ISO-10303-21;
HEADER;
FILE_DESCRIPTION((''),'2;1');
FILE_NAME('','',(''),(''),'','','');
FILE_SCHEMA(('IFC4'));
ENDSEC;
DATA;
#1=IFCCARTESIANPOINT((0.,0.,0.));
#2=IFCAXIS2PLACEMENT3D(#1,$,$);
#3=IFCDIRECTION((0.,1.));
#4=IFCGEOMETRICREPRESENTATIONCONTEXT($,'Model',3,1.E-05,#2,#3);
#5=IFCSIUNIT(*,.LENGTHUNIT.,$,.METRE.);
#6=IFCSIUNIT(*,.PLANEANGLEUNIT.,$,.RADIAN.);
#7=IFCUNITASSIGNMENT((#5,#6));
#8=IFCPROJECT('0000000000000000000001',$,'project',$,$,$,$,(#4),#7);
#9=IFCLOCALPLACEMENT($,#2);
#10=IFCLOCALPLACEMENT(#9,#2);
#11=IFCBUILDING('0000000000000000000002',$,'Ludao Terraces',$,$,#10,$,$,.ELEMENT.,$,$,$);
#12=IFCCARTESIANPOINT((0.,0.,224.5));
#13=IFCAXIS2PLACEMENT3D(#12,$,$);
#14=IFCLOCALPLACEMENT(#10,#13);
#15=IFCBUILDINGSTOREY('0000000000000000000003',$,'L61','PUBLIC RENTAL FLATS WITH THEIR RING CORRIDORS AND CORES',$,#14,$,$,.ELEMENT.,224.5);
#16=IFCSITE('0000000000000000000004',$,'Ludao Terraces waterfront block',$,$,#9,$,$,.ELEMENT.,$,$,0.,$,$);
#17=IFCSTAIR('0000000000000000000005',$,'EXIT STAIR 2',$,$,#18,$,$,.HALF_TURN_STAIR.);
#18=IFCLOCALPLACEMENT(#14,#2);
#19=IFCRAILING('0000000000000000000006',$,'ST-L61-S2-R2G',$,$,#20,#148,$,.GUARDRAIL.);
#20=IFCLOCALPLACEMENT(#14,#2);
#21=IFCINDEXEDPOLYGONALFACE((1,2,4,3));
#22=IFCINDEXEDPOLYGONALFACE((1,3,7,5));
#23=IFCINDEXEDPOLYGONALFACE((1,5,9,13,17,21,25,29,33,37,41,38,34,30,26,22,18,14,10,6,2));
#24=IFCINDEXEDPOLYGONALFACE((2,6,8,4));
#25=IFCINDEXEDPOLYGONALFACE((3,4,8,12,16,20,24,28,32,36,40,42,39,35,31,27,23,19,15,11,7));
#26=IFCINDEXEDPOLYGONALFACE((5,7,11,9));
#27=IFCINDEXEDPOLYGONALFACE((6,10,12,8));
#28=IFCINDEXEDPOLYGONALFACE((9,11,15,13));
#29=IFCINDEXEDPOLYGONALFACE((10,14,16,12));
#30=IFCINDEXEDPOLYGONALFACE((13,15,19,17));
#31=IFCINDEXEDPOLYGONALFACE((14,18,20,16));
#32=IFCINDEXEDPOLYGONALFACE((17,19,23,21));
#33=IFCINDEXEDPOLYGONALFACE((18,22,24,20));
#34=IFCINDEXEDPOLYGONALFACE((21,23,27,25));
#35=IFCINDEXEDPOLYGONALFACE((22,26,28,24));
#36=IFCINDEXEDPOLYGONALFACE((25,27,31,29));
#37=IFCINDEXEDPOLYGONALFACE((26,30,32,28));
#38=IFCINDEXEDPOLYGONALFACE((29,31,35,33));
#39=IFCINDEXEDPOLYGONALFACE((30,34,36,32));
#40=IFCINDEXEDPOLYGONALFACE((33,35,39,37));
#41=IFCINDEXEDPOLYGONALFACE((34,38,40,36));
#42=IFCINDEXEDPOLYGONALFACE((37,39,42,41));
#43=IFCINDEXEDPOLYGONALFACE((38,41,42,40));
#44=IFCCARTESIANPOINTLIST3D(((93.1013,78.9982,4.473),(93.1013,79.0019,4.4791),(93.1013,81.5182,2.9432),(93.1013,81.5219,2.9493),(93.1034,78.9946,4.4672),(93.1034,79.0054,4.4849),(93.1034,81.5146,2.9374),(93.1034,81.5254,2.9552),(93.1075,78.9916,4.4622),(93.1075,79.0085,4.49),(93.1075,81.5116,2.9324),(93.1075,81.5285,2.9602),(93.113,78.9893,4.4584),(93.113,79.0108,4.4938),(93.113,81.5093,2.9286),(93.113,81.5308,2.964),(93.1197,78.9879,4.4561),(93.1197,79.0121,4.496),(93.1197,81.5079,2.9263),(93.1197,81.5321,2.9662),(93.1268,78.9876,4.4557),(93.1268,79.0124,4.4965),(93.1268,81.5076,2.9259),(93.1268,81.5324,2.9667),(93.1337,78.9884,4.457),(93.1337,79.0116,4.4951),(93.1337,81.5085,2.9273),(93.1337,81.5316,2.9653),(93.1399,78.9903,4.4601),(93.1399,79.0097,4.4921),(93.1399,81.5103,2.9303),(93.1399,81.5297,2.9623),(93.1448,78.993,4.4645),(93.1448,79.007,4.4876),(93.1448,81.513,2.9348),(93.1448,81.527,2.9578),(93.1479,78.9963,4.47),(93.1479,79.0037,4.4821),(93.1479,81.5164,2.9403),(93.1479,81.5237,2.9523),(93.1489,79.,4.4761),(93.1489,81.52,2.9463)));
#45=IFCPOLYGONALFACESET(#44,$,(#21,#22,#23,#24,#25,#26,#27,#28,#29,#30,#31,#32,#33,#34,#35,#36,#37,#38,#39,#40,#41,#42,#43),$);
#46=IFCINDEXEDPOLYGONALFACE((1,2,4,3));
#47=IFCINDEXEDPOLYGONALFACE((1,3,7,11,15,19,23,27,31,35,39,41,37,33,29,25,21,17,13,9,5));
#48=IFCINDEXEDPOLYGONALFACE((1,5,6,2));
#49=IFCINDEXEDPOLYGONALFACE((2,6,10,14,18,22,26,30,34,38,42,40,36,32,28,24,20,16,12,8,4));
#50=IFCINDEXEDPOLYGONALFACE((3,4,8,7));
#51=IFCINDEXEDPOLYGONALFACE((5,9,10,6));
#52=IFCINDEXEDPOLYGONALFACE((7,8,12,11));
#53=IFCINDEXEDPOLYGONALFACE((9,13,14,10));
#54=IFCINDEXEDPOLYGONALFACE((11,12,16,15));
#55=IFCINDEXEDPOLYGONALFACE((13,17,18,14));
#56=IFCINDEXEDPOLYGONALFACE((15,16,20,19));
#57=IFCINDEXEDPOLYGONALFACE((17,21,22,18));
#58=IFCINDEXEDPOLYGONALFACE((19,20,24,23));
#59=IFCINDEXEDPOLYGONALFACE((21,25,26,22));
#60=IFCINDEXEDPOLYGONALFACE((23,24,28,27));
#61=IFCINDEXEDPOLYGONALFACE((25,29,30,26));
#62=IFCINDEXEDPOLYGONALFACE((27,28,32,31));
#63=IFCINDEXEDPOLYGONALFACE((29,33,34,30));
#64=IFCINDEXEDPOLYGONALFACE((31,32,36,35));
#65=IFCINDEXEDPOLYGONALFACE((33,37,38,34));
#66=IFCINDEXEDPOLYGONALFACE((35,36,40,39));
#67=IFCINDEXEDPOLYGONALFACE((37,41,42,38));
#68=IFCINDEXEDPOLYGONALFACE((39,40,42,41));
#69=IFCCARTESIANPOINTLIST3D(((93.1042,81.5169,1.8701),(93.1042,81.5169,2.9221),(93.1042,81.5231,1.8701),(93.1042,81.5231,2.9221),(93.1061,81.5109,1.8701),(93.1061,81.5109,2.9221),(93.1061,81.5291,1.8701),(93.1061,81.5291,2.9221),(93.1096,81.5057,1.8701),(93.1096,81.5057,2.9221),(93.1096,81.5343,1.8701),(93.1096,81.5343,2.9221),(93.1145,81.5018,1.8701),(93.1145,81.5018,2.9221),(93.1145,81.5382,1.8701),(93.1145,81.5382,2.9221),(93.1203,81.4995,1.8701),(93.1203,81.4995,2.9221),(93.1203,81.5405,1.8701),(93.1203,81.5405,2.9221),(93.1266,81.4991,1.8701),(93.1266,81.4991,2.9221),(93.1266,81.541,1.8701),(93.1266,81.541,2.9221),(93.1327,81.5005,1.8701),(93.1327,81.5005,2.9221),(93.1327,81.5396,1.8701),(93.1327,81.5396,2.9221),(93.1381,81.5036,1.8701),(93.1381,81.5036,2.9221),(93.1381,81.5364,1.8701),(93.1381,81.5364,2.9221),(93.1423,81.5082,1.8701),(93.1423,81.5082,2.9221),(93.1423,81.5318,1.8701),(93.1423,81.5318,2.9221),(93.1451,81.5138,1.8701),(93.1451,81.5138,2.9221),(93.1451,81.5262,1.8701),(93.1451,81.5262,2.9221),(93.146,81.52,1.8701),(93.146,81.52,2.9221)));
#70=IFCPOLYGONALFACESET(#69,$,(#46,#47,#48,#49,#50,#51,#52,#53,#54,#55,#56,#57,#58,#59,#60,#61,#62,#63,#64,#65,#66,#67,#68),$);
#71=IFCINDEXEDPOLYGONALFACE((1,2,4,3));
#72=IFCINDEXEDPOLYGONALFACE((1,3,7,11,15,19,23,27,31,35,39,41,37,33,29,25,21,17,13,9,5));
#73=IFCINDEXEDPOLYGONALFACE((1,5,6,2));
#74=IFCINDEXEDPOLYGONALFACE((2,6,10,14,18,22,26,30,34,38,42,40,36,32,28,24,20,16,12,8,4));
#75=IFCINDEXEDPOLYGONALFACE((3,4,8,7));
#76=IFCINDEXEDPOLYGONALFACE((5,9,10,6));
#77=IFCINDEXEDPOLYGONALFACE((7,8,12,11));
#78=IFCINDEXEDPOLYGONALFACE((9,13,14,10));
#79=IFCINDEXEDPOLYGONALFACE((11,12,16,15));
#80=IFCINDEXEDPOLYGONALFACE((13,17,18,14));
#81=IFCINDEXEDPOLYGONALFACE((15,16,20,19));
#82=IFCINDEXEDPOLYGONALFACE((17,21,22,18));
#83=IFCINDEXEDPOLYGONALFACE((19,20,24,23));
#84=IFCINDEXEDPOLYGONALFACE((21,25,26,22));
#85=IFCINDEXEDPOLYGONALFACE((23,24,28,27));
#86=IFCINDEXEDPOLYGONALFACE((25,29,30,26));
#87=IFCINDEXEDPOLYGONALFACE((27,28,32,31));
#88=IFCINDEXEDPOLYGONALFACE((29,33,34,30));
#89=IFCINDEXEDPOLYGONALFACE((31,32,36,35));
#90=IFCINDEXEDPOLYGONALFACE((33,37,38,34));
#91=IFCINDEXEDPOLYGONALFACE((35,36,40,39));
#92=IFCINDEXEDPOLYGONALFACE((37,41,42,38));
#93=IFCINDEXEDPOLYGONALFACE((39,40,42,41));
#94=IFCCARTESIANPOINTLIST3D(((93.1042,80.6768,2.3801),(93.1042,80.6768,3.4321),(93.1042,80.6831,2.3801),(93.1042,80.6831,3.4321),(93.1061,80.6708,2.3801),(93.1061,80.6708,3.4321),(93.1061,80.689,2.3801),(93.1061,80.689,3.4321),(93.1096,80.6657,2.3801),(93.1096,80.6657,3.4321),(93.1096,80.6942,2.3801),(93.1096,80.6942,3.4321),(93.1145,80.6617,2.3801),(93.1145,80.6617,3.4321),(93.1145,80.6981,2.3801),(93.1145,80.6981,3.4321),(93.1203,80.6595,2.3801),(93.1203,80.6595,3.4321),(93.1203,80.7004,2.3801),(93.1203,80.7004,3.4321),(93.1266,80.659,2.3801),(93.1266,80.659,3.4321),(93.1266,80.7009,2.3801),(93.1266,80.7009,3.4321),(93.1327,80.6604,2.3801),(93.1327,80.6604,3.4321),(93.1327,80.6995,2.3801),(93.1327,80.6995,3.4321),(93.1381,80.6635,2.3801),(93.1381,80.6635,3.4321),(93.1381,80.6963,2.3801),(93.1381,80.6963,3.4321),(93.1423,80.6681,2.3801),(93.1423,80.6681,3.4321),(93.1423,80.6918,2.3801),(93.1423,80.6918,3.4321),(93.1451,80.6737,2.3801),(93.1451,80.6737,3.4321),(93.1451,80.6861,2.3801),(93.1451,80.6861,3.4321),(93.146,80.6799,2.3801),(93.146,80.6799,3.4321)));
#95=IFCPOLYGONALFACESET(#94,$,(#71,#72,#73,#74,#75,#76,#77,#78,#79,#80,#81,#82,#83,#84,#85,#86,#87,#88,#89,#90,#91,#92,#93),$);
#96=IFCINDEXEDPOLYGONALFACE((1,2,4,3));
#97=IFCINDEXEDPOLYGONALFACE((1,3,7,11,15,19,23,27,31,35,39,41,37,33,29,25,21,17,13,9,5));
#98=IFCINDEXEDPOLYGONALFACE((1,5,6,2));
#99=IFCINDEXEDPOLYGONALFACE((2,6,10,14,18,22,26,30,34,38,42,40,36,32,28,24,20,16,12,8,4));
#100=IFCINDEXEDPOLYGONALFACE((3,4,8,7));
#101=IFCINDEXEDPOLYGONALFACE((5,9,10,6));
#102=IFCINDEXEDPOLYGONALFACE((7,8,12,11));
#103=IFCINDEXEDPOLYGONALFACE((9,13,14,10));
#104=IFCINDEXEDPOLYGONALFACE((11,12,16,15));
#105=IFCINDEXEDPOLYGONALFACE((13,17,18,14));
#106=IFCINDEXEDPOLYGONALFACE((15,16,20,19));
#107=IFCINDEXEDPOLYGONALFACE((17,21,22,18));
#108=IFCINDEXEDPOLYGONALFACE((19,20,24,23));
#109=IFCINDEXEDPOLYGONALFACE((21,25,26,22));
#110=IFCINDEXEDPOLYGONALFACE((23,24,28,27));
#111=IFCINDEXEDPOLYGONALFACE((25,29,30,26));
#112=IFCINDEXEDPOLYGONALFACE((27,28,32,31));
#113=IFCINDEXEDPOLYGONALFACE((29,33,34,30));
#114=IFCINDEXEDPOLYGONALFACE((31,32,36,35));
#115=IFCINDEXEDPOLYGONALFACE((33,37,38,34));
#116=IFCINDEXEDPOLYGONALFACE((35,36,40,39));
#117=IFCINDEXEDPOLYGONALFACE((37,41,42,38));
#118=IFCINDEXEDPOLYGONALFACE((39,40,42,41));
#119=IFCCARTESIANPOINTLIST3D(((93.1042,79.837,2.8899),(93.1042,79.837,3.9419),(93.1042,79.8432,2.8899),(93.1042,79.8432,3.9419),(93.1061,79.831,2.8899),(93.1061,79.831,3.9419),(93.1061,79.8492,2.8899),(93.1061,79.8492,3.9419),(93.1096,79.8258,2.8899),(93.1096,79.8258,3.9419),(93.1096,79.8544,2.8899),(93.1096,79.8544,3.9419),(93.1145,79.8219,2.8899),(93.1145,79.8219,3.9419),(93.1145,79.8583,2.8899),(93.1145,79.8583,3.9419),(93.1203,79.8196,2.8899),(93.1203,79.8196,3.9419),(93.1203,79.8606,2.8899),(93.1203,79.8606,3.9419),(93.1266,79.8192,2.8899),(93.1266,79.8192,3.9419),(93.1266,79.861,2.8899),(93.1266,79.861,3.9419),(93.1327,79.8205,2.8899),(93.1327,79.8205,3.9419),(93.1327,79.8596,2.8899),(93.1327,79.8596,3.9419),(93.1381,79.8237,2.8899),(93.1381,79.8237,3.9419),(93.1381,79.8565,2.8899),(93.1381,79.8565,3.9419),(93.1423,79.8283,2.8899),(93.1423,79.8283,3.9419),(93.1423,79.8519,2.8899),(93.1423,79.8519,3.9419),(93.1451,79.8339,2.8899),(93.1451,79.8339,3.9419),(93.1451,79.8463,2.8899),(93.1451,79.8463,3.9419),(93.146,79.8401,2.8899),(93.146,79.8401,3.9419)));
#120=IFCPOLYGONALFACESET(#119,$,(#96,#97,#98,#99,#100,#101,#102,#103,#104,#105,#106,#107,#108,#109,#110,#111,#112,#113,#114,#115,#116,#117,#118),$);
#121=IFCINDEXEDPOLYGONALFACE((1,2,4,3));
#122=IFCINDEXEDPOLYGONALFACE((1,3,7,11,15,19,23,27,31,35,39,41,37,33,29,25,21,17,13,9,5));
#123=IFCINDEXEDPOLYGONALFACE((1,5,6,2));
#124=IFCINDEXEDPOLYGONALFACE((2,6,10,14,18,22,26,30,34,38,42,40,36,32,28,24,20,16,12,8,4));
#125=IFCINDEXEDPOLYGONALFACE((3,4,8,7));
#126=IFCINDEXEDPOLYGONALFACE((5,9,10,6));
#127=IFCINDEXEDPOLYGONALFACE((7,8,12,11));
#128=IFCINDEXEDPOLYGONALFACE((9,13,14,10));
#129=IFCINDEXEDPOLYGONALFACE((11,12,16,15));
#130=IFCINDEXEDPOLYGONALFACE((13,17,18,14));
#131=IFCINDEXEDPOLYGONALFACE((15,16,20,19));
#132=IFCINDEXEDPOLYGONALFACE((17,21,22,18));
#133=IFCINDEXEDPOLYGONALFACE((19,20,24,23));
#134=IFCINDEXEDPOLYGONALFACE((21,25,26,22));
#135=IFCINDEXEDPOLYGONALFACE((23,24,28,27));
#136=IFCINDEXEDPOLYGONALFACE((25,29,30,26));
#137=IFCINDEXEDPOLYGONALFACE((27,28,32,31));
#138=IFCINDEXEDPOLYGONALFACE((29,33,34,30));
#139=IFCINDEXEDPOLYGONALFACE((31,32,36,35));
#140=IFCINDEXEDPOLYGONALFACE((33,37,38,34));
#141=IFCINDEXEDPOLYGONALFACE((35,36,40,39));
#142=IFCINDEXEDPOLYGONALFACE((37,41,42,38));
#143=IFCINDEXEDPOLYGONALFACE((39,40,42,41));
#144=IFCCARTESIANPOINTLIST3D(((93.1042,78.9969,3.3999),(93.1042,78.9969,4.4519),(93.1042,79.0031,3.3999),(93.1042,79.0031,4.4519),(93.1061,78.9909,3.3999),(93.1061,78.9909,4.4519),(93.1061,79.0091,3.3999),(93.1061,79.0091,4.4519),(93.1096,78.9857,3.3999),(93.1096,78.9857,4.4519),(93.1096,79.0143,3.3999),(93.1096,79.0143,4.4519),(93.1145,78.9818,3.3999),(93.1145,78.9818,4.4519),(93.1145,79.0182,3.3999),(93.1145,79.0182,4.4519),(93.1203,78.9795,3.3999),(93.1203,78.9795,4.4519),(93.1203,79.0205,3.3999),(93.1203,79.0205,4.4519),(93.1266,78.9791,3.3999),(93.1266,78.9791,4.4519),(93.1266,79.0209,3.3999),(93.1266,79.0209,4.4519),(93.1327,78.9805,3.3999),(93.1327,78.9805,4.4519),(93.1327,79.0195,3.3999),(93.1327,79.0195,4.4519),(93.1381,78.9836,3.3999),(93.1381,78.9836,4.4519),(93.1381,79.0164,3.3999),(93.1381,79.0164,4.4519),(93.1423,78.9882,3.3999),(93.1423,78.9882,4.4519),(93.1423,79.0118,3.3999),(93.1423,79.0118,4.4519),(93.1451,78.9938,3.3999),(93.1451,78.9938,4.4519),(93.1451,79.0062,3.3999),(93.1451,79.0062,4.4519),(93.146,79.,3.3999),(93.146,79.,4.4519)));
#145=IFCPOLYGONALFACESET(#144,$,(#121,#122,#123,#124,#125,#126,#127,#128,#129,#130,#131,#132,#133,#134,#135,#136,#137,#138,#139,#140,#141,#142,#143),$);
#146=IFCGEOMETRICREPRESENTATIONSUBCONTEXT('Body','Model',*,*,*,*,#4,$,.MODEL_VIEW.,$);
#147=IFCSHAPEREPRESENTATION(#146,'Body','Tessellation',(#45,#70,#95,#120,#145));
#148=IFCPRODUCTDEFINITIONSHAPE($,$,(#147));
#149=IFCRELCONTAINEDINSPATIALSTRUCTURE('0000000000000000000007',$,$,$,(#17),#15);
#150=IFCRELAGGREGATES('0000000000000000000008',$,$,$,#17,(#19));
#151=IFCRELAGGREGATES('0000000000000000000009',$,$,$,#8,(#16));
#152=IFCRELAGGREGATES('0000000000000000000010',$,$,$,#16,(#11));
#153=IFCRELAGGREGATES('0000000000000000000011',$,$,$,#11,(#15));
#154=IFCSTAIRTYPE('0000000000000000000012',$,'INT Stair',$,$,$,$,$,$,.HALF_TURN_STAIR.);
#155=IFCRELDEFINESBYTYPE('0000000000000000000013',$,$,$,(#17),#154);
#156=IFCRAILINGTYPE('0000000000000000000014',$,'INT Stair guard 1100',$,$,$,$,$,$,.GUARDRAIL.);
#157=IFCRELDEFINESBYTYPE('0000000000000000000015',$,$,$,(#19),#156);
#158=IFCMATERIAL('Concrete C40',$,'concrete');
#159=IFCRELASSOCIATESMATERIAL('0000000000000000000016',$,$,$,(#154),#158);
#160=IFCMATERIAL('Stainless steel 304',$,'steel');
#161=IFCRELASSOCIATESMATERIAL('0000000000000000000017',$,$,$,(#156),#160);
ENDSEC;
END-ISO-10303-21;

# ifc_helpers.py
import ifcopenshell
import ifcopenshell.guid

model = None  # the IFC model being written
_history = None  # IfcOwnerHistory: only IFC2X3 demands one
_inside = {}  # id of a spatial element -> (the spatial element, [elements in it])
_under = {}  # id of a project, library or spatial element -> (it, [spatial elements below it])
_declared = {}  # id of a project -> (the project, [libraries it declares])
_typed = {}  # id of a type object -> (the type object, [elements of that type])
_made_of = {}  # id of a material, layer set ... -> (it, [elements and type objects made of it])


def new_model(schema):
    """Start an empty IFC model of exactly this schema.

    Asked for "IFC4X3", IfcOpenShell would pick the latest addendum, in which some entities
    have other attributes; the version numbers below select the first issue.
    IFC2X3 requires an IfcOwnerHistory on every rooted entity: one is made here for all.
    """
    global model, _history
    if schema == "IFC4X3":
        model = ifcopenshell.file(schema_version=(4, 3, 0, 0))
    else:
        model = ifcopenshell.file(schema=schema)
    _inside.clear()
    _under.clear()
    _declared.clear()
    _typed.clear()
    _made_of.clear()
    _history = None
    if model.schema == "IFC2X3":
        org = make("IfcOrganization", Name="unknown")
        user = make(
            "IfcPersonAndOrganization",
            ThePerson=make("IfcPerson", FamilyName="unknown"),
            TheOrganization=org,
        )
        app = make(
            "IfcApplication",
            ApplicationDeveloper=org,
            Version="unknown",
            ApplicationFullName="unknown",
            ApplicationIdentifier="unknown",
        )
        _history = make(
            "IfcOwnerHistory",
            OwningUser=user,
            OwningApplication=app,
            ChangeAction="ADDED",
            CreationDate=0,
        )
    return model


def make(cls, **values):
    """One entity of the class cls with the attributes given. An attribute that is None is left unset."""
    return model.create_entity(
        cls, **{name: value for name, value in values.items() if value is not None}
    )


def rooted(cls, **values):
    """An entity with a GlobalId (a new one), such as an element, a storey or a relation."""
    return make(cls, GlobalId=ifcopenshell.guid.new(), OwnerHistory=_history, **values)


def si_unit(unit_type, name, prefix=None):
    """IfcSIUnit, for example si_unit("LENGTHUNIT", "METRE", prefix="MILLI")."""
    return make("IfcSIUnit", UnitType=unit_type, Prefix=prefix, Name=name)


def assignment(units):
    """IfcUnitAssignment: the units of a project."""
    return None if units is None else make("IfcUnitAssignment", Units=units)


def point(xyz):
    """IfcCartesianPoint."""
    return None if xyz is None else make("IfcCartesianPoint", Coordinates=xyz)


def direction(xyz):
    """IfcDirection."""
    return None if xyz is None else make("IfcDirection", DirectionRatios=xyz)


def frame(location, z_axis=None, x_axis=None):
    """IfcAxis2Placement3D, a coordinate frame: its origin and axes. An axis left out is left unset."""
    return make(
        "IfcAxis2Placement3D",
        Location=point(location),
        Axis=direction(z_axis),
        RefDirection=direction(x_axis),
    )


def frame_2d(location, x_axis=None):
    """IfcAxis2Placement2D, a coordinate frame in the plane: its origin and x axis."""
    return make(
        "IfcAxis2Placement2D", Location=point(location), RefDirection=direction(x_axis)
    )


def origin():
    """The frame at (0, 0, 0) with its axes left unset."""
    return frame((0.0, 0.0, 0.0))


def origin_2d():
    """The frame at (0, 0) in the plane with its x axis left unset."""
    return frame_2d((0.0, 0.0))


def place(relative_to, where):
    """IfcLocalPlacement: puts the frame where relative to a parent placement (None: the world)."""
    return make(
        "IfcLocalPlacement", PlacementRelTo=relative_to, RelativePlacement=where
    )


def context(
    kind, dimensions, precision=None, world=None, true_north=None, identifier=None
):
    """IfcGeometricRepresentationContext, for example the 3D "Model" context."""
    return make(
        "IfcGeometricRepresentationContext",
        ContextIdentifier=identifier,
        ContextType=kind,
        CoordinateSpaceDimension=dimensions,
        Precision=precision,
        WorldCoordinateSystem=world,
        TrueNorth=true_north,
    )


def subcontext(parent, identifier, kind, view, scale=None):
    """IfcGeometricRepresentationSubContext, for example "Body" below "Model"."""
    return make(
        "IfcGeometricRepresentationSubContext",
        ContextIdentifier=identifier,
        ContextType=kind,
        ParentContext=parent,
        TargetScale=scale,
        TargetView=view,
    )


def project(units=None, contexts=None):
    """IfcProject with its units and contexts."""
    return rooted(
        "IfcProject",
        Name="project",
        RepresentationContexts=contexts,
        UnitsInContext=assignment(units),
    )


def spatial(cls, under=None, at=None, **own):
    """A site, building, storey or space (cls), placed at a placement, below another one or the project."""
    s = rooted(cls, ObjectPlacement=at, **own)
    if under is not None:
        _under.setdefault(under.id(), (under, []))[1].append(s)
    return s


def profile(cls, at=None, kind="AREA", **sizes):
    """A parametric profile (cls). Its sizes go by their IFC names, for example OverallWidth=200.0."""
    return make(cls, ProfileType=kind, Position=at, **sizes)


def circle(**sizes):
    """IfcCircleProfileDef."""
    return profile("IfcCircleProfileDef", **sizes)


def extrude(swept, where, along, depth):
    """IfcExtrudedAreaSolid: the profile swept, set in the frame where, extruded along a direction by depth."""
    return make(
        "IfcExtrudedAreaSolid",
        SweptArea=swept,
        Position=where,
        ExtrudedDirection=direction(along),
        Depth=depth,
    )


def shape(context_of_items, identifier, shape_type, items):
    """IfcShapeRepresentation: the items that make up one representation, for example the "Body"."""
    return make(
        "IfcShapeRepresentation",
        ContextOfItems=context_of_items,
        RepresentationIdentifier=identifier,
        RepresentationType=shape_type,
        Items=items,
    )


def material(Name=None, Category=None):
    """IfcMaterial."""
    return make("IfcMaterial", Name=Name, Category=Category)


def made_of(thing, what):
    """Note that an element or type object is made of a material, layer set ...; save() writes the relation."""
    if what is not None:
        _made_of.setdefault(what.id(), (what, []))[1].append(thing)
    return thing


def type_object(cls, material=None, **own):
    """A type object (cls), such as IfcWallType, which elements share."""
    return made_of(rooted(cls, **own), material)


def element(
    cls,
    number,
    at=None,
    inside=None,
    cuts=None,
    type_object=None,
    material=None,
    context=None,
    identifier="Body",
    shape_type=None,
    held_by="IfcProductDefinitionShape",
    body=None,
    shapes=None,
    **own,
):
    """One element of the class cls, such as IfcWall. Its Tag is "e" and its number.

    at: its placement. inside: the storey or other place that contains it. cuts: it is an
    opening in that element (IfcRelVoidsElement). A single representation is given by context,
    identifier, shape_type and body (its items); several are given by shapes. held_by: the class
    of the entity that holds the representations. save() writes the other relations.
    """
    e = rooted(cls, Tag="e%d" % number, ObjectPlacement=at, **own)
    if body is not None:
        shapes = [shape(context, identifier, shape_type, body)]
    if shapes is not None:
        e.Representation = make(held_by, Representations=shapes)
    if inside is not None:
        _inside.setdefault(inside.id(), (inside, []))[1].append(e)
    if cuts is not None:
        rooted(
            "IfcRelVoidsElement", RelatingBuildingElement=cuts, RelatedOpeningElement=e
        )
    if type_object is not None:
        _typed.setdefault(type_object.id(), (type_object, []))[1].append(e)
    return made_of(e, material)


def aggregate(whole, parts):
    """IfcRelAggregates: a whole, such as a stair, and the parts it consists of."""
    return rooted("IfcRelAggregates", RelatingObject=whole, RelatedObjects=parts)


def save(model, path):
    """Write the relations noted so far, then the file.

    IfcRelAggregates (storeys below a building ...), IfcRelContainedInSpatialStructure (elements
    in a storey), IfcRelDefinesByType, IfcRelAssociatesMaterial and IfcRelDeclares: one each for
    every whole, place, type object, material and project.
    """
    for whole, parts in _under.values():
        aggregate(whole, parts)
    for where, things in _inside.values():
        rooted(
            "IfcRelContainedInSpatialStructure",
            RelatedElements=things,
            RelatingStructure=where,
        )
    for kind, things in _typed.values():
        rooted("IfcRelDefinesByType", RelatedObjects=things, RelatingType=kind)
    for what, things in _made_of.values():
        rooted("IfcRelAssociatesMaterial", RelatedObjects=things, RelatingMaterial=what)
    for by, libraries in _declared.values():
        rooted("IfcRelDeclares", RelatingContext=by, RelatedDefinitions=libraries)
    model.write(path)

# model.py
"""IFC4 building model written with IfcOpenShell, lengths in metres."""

from ifc_helpers import new_model, si_unit, direction, frame, origin, origin_2d, place, context, subcontext, project, spatial, circle, extrude, material, type_object, element, aggregate, save


model = new_model("IFC4")

# Units and contexts
model_context = context("Model", 3, precision=1e-05, world=origin(), true_north=direction((0.0, 1.0)))
body_context = subcontext(model_context, "Body", "Model", "MODEL_VIEW")
ifc_project = project(units=[si_unit("LENGTHUNIT", "METRE"), si_unit("PLANEANGLEUNIT", "RADIAN")], contexts=[model_context])

# Site, building, storey
site_placement = place(None, origin())
site = spatial("IfcSite", under=ifc_project, at=site_placement, Name="Ludao Terraces waterfront block", CompositionType="ELEMENT", RefElevation=0.0)
building_placement = place(site_placement, origin())
building = spatial("IfcBuilding", under=site, at=building_placement, Name="Ludao Terraces", CompositionType="ELEMENT")
storey_placement = place(building_placement, frame((0.0, 0.0, 224.5)))
storey = spatial("IfcBuildingStorey", under=building, at=storey_placement, Name="L61", Description="PUBLIC RENTAL FLATS WITH THEIR RING CORRIDORS AND CORES", CompositionType="ELEMENT", Elevation=224.5)

# Shared definitions
ifc_material_1 = material(Name="Stainless steel 304", Category="steel")

# Stair, railing
ifc_material_2 = material(Name="Concrete C40", Category="concrete")
stair_type = type_object("IfcStairType", Name="INT Stair", PredefinedType="HALF_TURN_STAIR", material=ifc_material_2)
stair_placement = place(storey_placement, origin())
stair = element("IfcStair", 1, at=stair_placement, inside=storey, type_object=stair_type, Name="EXIT STAIR 2", PredefinedType="HALF_TURN_STAIR")
railing_type_1 = type_object("IfcRailingType", Name="INT Stair guard 1100", PredefinedType="GUARDRAIL", material=ifc_material_1)
railing_1_placement = place(storey_placement, frame((93.125, 81.52, 1.8701)))
railing_1 = element("IfcRailing", 2, at=railing_1_placement, type_object=railing_type_1, Name="ST-L61-S2-R2G", PredefinedType="GUARDRAIL", context=body_context, shape_type="SweptSolid", body=[
    extrude(circle(Radius=0.0239, at=origin_2d()), frame((0.0, 0.0, 1.0762), z_axis=(0.0, -0.854822, 0.518922), x_axis=(1.0, 0.0, 0.0)), (0.0, 0.0, 1.0), 2.948),
    extrude(circle(Radius=0.021, at=origin_2d()), origin(), (0.0, 0.0, 1.0), 1.052),
    extrude(circle(Radius=0.021, at=origin_2d()), frame((0.0, -0.8401, 0.51)), (0.0, 0.0, 1.0), 1.052),
    extrude(circle(Radius=0.021, at=origin_2d()), frame((0.0, -1.6799, 1.0198)), (0.0, 0.0, 1.0), 1.052),
    extrude(circle(Radius=0.021, at=origin_2d()), frame((0.0, -2.52, 1.5298)), (0.0, 0.0, 1.0), 1.052),
])
aggregate(stair, [railing_1])

save(model, "model.ifc")
